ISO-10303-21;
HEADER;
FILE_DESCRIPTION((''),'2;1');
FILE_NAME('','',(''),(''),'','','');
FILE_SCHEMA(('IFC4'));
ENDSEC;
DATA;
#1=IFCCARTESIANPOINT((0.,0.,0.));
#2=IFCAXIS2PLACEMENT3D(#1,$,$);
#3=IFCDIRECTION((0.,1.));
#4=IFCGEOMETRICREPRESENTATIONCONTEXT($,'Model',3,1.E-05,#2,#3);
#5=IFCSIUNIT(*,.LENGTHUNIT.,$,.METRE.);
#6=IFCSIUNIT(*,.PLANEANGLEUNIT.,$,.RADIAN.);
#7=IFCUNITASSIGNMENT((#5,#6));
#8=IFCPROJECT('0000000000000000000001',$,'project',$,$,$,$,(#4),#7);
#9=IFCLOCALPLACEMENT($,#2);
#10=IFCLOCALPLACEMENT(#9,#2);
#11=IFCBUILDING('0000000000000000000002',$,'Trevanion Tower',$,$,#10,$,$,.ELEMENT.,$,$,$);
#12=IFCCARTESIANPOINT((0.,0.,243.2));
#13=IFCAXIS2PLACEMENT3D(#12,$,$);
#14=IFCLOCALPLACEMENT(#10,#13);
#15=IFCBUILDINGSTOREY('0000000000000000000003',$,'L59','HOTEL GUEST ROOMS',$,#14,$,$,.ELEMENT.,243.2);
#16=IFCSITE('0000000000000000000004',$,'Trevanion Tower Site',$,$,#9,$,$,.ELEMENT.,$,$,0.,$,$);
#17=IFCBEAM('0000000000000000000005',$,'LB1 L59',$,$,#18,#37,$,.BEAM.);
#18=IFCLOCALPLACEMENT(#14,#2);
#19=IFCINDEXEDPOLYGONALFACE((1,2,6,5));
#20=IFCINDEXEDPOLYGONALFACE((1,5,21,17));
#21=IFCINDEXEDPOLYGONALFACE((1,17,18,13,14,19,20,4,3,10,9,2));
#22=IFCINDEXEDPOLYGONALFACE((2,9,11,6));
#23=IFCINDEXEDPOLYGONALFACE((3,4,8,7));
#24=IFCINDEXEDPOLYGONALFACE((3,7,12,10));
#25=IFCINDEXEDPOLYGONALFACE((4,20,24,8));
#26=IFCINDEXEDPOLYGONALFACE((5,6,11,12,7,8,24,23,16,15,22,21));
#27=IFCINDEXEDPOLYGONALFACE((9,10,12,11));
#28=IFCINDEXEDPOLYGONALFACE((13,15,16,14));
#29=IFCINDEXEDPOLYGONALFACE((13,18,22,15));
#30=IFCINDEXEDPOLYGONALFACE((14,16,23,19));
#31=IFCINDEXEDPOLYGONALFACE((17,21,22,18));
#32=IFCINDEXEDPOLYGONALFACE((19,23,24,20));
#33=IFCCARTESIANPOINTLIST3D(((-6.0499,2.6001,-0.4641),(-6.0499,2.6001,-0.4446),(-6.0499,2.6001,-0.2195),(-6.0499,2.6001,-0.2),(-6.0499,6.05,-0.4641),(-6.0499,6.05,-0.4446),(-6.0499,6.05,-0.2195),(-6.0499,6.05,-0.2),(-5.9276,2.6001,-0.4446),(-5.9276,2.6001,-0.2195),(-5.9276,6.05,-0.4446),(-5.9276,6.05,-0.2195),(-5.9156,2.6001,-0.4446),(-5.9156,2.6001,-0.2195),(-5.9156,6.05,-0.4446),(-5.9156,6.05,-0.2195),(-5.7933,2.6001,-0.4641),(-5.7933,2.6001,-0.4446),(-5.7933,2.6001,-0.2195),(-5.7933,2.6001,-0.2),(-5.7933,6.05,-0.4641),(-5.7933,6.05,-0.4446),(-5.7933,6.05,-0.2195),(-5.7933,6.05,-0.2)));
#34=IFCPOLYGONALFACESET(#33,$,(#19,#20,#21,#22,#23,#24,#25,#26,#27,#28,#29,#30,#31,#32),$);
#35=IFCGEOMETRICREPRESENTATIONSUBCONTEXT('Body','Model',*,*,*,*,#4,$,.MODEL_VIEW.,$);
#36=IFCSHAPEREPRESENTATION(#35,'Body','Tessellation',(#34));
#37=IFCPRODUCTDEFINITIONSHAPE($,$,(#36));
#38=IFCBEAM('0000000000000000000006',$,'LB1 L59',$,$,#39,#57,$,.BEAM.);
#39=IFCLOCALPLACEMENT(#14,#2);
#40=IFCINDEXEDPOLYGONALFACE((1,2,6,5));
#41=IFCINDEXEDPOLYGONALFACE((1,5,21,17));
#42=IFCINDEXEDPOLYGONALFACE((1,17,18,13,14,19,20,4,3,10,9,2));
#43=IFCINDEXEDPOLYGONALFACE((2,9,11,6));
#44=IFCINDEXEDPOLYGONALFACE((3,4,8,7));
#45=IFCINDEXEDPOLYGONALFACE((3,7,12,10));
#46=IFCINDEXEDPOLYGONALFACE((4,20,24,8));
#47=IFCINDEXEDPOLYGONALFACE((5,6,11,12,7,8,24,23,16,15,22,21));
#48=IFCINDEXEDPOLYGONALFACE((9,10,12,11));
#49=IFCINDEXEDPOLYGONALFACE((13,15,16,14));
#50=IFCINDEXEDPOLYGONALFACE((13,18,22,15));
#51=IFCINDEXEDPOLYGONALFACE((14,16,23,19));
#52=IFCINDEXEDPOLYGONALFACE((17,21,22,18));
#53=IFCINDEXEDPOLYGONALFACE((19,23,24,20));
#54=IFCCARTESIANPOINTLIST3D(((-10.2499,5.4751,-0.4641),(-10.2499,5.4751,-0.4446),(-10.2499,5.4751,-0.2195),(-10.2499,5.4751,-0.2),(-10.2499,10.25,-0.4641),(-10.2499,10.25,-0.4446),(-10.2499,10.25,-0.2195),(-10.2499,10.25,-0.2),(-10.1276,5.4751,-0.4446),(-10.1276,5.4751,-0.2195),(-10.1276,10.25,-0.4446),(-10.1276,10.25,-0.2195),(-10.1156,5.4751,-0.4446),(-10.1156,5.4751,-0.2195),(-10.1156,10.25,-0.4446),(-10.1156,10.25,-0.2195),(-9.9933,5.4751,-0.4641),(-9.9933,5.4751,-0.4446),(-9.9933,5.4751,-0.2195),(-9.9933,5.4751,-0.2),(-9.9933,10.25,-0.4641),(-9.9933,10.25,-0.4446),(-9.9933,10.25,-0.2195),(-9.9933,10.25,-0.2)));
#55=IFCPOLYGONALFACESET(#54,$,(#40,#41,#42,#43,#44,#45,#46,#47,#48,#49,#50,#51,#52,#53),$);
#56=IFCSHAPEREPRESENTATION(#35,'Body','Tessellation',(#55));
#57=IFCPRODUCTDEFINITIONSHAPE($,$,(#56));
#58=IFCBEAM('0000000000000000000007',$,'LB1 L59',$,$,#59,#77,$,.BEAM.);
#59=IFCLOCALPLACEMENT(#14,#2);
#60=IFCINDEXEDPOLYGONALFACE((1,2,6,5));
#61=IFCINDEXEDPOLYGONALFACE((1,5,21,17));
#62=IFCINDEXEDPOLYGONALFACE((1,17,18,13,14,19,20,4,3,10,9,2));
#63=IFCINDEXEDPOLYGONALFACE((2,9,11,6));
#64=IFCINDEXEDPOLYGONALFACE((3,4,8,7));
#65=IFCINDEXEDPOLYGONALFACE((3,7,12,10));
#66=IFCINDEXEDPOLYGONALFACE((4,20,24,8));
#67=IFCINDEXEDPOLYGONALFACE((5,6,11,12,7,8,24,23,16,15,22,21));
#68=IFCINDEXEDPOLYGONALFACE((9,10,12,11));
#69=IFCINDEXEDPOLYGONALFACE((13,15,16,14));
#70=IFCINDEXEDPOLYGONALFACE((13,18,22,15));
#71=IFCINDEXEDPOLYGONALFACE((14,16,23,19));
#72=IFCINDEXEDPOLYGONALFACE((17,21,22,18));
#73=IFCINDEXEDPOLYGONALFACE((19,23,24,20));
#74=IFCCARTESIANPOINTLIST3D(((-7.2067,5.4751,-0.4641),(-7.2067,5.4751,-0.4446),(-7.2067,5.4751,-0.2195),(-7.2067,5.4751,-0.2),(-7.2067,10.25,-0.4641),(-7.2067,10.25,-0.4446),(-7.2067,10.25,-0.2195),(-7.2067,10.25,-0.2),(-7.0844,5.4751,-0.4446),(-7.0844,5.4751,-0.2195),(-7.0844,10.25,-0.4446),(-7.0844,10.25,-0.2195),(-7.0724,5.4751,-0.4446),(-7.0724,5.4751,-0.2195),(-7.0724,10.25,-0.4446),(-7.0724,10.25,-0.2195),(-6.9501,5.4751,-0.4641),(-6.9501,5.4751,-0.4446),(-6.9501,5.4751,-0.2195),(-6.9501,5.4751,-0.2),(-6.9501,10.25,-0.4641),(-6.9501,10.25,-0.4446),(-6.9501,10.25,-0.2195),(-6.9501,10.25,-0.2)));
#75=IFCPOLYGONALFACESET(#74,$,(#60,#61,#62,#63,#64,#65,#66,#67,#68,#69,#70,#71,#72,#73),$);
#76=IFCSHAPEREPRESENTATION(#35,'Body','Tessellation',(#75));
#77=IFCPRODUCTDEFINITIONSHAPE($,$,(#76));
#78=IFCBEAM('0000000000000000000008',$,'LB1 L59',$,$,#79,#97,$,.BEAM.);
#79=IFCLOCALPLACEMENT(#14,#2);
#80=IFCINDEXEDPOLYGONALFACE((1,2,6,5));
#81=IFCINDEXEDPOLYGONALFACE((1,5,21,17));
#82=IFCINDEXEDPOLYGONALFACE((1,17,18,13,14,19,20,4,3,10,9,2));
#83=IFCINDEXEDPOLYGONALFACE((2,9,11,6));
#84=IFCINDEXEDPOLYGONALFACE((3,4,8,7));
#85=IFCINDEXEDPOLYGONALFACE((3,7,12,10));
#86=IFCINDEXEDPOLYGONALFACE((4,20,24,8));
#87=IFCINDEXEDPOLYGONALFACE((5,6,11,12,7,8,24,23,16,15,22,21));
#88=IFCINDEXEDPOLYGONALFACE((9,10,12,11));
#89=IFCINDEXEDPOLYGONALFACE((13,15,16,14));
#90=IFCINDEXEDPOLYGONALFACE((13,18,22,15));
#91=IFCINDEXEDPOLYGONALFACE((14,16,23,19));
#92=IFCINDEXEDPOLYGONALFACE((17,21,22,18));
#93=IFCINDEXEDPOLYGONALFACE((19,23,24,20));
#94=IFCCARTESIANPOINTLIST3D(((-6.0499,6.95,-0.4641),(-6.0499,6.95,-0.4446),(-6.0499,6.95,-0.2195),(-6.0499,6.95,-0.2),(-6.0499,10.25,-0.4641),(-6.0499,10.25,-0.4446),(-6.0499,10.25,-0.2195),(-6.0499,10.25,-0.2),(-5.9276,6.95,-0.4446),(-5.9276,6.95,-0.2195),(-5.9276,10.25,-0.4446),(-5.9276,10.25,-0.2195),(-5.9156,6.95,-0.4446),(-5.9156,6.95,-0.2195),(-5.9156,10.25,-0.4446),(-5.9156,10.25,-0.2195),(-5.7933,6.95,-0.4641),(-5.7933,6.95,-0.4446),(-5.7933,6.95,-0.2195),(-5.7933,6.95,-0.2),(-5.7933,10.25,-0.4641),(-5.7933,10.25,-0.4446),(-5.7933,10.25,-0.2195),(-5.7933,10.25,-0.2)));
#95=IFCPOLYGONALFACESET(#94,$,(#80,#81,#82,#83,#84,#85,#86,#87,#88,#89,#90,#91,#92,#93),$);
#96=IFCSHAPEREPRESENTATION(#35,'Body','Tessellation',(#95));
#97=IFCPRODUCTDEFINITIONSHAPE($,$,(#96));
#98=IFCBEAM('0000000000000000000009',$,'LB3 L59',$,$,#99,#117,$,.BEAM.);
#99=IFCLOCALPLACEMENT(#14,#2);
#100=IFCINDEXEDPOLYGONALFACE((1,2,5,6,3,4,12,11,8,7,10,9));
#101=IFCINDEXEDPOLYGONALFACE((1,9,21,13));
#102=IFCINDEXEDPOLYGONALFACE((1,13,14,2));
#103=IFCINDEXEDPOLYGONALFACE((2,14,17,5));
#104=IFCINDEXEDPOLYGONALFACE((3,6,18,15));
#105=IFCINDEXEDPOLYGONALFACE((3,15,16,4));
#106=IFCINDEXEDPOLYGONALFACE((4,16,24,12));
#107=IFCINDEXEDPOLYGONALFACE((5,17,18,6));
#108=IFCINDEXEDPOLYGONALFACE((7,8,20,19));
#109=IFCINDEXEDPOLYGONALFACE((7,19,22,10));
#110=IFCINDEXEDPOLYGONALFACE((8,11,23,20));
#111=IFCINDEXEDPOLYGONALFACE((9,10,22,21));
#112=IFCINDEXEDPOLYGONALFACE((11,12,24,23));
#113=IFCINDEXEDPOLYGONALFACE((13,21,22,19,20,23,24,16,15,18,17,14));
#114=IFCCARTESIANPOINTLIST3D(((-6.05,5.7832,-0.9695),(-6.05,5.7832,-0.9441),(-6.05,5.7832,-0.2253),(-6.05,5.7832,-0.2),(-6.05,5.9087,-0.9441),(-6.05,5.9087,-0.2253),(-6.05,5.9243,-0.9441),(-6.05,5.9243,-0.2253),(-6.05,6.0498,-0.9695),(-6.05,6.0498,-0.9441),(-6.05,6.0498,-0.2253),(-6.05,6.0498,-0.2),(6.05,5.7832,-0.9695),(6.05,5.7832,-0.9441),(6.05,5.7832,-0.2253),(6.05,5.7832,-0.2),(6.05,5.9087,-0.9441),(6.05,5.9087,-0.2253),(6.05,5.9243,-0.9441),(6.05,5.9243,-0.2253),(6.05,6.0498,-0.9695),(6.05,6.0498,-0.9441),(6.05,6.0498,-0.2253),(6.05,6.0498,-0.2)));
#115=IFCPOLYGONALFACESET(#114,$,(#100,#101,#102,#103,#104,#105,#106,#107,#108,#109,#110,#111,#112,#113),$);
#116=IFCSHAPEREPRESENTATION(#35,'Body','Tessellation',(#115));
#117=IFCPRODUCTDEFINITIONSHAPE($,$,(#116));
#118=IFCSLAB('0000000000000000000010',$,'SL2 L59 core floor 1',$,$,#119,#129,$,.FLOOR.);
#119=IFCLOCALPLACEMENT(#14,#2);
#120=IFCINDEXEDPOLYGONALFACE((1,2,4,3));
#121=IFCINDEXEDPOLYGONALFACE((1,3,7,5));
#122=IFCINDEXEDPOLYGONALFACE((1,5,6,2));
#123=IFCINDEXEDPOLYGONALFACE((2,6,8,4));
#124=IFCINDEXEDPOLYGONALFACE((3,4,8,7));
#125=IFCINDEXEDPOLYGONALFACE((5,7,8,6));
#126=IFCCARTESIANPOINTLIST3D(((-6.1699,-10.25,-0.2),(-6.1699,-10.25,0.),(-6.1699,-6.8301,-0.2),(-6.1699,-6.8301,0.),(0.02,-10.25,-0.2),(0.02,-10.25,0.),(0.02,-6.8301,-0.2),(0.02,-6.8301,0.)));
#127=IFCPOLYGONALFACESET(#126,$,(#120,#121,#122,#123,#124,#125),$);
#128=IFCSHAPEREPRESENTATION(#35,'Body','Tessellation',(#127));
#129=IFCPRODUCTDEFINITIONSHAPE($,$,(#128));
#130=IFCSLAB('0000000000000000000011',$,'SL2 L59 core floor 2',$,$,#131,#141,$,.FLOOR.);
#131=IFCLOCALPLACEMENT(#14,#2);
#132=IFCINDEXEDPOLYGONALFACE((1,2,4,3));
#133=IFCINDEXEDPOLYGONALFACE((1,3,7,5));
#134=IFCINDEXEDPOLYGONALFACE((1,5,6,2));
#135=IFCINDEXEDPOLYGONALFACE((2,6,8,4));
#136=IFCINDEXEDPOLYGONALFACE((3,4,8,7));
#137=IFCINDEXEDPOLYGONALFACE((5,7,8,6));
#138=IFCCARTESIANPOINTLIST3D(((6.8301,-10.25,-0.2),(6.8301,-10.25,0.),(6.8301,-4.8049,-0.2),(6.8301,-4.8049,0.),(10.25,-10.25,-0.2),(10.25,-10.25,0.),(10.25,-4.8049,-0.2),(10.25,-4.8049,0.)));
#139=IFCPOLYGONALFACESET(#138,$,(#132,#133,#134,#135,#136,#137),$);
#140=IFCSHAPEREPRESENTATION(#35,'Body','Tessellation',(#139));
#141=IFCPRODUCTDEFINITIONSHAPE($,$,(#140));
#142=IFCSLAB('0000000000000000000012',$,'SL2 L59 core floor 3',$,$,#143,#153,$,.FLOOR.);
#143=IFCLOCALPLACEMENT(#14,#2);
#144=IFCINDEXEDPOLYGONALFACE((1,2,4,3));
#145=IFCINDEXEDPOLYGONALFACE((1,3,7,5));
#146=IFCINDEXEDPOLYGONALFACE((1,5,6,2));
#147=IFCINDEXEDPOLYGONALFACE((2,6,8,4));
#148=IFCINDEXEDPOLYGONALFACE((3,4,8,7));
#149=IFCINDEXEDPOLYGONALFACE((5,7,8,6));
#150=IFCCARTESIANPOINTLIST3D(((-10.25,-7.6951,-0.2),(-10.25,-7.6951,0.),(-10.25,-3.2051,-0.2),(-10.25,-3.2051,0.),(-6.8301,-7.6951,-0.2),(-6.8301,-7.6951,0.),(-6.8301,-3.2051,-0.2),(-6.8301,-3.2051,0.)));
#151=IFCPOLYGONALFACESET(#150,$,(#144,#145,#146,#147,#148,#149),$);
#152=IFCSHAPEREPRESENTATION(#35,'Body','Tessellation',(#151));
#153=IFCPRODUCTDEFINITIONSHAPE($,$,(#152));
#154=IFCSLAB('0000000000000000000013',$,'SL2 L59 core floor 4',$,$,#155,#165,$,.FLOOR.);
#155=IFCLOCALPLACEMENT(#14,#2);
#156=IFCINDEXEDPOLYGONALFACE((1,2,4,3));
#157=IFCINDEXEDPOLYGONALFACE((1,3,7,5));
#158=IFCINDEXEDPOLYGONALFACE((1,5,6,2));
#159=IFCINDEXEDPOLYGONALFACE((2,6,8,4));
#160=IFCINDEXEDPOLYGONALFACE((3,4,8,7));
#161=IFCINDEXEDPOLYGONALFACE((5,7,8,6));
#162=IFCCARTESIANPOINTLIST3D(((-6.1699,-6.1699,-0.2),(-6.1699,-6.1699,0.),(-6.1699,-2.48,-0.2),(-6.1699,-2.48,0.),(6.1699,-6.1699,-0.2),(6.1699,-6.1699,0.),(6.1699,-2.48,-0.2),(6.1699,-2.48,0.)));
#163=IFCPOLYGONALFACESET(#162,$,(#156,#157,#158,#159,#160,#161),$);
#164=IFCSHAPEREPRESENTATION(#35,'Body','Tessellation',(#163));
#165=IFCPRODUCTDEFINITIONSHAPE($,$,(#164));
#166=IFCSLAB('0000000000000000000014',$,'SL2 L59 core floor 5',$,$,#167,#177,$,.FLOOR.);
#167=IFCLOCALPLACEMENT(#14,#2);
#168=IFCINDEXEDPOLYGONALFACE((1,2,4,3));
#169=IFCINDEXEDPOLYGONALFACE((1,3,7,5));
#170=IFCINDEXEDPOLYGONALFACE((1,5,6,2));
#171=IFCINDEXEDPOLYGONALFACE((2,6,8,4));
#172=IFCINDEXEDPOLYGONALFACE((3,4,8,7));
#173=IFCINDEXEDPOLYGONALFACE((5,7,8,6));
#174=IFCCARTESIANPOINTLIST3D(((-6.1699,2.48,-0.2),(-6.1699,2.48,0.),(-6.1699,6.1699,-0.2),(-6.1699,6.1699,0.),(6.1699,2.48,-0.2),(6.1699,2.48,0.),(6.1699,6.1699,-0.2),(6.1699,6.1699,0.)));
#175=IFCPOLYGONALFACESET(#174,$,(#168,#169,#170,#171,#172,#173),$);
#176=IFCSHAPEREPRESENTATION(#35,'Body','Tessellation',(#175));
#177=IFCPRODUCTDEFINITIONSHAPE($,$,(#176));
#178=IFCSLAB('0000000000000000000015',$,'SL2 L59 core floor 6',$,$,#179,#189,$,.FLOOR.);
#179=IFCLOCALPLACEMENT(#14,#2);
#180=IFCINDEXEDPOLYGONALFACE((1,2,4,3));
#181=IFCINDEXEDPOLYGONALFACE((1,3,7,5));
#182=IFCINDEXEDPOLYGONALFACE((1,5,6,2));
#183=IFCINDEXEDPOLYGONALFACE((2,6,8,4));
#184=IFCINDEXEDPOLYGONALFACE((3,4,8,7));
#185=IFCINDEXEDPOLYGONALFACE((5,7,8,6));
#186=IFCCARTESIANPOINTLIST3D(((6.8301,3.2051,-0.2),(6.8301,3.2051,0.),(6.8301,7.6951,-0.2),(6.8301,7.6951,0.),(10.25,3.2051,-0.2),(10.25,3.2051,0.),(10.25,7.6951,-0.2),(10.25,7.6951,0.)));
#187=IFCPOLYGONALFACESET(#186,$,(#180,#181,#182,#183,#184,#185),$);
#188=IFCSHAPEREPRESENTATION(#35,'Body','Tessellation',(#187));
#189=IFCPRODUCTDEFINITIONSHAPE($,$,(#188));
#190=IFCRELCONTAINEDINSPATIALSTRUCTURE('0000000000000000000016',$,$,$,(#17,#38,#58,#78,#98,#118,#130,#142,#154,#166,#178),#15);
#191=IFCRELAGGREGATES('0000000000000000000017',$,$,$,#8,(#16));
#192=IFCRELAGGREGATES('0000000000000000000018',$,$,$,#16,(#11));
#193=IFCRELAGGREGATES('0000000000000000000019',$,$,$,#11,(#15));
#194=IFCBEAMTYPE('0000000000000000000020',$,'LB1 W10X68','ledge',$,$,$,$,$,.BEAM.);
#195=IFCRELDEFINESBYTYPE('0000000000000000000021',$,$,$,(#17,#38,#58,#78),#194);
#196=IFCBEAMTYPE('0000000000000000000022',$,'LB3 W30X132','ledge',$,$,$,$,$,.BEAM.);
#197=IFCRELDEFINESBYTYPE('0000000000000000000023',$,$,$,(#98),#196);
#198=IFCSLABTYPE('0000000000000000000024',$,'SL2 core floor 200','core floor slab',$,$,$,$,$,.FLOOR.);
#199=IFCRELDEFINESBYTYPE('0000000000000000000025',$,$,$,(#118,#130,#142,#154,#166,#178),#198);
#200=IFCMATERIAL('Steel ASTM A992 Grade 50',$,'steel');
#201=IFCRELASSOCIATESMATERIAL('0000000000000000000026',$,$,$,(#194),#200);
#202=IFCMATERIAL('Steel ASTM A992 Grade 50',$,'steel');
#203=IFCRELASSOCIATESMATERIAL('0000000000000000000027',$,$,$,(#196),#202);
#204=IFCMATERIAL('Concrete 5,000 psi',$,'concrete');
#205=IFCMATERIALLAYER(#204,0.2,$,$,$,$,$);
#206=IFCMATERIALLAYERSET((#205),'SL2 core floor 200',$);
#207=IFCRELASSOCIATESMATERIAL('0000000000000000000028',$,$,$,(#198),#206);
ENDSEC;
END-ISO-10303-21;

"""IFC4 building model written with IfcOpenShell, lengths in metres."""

from ifc_helpers import new_model, si_unit, direction, frame, origin, origin_2d, place, context, subcontext, project, spatial, polyline, i_section, outline, extrude, material, layer, layer_set, material_profile, profile_set, type_object, element, save


model = new_model("IFC4")

# Units and contexts
model_context = context("Model", 3, precision=1e-05, world=origin(), true_north=direction((0.0, 1.0)))
body_context = subcontext(model_context, "Body", "Model", "MODEL_VIEW")
ifc_project = project(units=[si_unit("LENGTHUNIT", "METRE"), si_unit("PLANEANGLEUNIT", "RADIAN")], contexts=[model_context])

# Site, building, storey
site_placement = place(None, origin())
site = spatial("IfcSite", under=ifc_project, at=site_placement, Name="Trevanion Tower Site", CompositionType="ELEMENT", RefElevation=0.0)
building_placement = place(site_placement, origin())
building = spatial("IfcBuilding", under=site, at=building_placement, Name="Trevanion Tower", CompositionType="ELEMENT")
storey_placement = place(building_placement, frame((0.0, 0.0, 243.2)))
storey = spatial("IfcBuildingStorey", under=building, at=storey_placement, Name="L59", Description="HOTEL GUEST ROOMS", CompositionType="ELEMENT", Elevation=243.2)

# Beams
ifc_material_1 = material(Name="Steel ASTM A992 Grade 50", Category="steel")
ifc_material_profile_1 = material_profile(ifc_material_1, i_section(OverallWidth=0.2566, OverallDepth=0.2642, WebThickness=0.012, FlangeThickness=0.0195, at=origin_2d()), Name="W10X68")
ifc_profile_set_1 = profile_set([ifc_material_profile_1], Name="Steel ASTM A992 Grade 50")
beam_type_1 = type_object("IfcBeamType", Name="LB1 W10X68", Description="ledge", PredefinedType="BEAM", material=ifc_profile_set_1)
beam_1_placement = place(storey_placement, frame((-5.9216, 2.6001, -0.332), z_axis=(0.0, 1.0, 0.0), x_axis=(-1.0, 0.0, 0.0)))
element("IfcBeam", 1, at=beam_1_placement, inside=storey, type_object=beam_type_1, Name="LB1 L59", PredefinedType="BEAM", context=body_context, shape_type="SweptSolid", body=[
    extrude(i_section(OverallWidth=0.2566, OverallDepth=0.2642, WebThickness=0.012, FlangeThickness=0.0195, at=origin_2d()), origin(), (0.0, 0.0, 1.0), 3.45),
])
for number, where, z_axis, x_axis, name in (
    (2, (-10.1216, 5.4751, -0.332), (0.0, 1.0, 0.0), (-1.0, 0.0, 0.0), "LB1 L59"),
    (3, (-7.0784, 5.4751, -0.332), (0.0, 1.0, 0.0), (-1.0, 0.0, 0.0), "LB1 L59"),
):
    element("IfcBeam", number, at=place(storey_placement, frame(where, z_axis=z_axis, x_axis=x_axis)), inside=storey, type_object=beam_type_1, Name=name, PredefinedType="BEAM", context=body_context, shape_type="SweptSolid", body=[
        extrude(i_section(OverallWidth=0.2566, OverallDepth=0.2642, WebThickness=0.012, FlangeThickness=0.0195, at=origin_2d()), origin(), (0.0, 0.0, 1.0), 4.7749),
    ])
beam_2_placement = place(storey_placement, frame((-5.9216, 6.95, -0.332), z_axis=(0.0, 1.0, 0.0), x_axis=(-1.0, 0.0, 0.0)))
element("IfcBeam", 4, at=beam_2_placement, inside=storey, type_object=beam_type_1, Name="LB1 L59", PredefinedType="BEAM", context=body_context, shape_type="SweptSolid", body=[
    extrude(i_section(OverallWidth=0.2566, OverallDepth=0.2642, WebThickness=0.012, FlangeThickness=0.0195, at=origin_2d()), origin(), (0.0, 0.0, 1.0), 3.3),
])
ifc_material_2 = material(Name="Steel ASTM A992 Grade 50", Category="steel")
ifc_material_profile_2 = material_profile(ifc_material_2, i_section(OverallWidth=0.2666, OverallDepth=0.7695, WebThickness=0.0156, FlangeThickness=0.0254, at=origin_2d()), Name="W30X132")
ifc_profile_set_2 = profile_set([ifc_material_profile_2], Name="Steel ASTM A992 Grade 50")
beam_type_2 = type_object("IfcBeamType", Name="LB3 W30X132", Description="ledge", PredefinedType="BEAM", material=ifc_profile_set_2)
beam_3_placement = place(storey_placement, frame((-6.05, 5.9165, -0.5847), z_axis=(1.0, 0.0, 0.0), x_axis=(0.0, 1.0, 0.0)))
element("IfcBeam", 5, at=beam_3_placement, inside=storey, type_object=beam_type_2, Name="LB3 L59", PredefinedType="BEAM", context=body_context, shape_type="SweptSolid", body=[
    extrude(i_section(OverallWidth=0.2666, OverallDepth=0.7695, WebThickness=0.0156, FlangeThickness=0.0254, at=origin_2d()), origin(), (0.0, 0.0, 1.0), 12.1001),
])

# Slabs
ifc_material_3 = material(Name="Concrete 5,000 psi", Category="concrete")
ifc_layer_1 = layer(ifc_material_3, 0.2)
ifc_layer_set_1 = layer_set([ifc_layer_1], Name="SL2 core floor 200")
slab_type_1 = type_object("IfcSlabType", Name="SL2 core floor 200", Description="core floor slab", PredefinedType="FLOOR", material=ifc_layer_set_1)
slab_1_placement = place(storey_placement, frame((0.0, 0.0, -0.2)))
element("IfcSlab", 6, at=slab_1_placement, inside=storey, type_object=slab_type_1, Name="SL2 L59 core floor 1", PredefinedType="FLOOR", context=body_context, shape_type="SweptSolid", body=[
    extrude(outline(polyline([(0.02, -10.25), (-6.1699, -10.25), (-6.1699, -6.8301), (0.02, -6.8301), (0.02, -10.25)])), origin(), (0.0, 0.0, 1.0), 0.2),
])
slab_2_placement = place(storey_placement, frame((0.0, 0.0, -0.2)))
element("IfcSlab", 7, at=slab_2_placement, inside=storey, type_object=slab_type_1, Name="SL2 L59 core floor 2", PredefinedType="FLOOR", context=body_context, shape_type="SweptSolid", body=[
    extrude(outline(polyline([(6.8301, -4.8049), (10.25, -4.8049), (10.25, -10.25), (6.8301, -10.25), (6.8301, -4.8049)])), origin(), (0.0, 0.0, 1.0), 0.2),
])
slab_3_placement = place(storey_placement, frame((0.0, 0.0, -0.2)))
element("IfcSlab", 8, at=slab_3_placement, inside=storey, type_object=slab_type_1, Name="SL2 L59 core floor 3", PredefinedType="FLOOR", context=body_context, shape_type="SweptSolid", body=[
    extrude(outline(polyline([(-6.8301, -3.2051), (-6.8301, -7.6951), (-10.25, -7.6951), (-10.25, -3.2051), (-6.8301, -3.2051)])), origin(), (0.0, 0.0, 1.0), 0.2),
])
slab_4_placement = place(storey_placement, frame((0.0, 0.0, -0.2)))
element("IfcSlab", 9, at=slab_4_placement, inside=storey, type_object=slab_type_1, Name="SL2 L59 core floor 4", PredefinedType="FLOOR", context=body_context, shape_type="SweptSolid", body=[
    extrude(outline(polyline([(6.1699, -6.1699), (-6.1699, -6.1699), (-6.1699, -2.48), (6.1699, -2.48), (6.1699, -6.1699)])), origin(), (0.0, 0.0, 1.0), 0.2),
])
slab_5_placement = place(storey_placement, frame((0.0, 0.0, -0.2)))
element("IfcSlab", 10, at=slab_5_placement, inside=storey, type_object=slab_type_1, Name="SL2 L59 core floor 5", PredefinedType="FLOOR", context=body_context, shape_type="SweptSolid", body=[
    extrude(outline(polyline([(6.1699, 2.48), (-6.1699, 2.48), (-6.1699, 6.1699), (6.1699, 6.1699), (6.1699, 2.48)])), origin(), (0.0, 0.0, 1.0), 0.2),
])
slab_6_placement = place(storey_placement, frame((0.0, 0.0, -0.2)))
element("IfcSlab", 11, at=slab_6_placement, inside=storey, type_object=slab_type_1, Name="SL2 L59 core floor 6", PredefinedType="FLOOR", context=body_context, shape_type="SweptSolid", body=[
    extrude(outline(polyline([(6.8301, 3.2051), (6.8301, 7.6951), (10.25, 7.6951), (10.25, 3.2051), (6.8301, 3.2051)])), origin(), (0.0, 0.0, 1.0), 0.2),
])

save(model, "model.ifc")
